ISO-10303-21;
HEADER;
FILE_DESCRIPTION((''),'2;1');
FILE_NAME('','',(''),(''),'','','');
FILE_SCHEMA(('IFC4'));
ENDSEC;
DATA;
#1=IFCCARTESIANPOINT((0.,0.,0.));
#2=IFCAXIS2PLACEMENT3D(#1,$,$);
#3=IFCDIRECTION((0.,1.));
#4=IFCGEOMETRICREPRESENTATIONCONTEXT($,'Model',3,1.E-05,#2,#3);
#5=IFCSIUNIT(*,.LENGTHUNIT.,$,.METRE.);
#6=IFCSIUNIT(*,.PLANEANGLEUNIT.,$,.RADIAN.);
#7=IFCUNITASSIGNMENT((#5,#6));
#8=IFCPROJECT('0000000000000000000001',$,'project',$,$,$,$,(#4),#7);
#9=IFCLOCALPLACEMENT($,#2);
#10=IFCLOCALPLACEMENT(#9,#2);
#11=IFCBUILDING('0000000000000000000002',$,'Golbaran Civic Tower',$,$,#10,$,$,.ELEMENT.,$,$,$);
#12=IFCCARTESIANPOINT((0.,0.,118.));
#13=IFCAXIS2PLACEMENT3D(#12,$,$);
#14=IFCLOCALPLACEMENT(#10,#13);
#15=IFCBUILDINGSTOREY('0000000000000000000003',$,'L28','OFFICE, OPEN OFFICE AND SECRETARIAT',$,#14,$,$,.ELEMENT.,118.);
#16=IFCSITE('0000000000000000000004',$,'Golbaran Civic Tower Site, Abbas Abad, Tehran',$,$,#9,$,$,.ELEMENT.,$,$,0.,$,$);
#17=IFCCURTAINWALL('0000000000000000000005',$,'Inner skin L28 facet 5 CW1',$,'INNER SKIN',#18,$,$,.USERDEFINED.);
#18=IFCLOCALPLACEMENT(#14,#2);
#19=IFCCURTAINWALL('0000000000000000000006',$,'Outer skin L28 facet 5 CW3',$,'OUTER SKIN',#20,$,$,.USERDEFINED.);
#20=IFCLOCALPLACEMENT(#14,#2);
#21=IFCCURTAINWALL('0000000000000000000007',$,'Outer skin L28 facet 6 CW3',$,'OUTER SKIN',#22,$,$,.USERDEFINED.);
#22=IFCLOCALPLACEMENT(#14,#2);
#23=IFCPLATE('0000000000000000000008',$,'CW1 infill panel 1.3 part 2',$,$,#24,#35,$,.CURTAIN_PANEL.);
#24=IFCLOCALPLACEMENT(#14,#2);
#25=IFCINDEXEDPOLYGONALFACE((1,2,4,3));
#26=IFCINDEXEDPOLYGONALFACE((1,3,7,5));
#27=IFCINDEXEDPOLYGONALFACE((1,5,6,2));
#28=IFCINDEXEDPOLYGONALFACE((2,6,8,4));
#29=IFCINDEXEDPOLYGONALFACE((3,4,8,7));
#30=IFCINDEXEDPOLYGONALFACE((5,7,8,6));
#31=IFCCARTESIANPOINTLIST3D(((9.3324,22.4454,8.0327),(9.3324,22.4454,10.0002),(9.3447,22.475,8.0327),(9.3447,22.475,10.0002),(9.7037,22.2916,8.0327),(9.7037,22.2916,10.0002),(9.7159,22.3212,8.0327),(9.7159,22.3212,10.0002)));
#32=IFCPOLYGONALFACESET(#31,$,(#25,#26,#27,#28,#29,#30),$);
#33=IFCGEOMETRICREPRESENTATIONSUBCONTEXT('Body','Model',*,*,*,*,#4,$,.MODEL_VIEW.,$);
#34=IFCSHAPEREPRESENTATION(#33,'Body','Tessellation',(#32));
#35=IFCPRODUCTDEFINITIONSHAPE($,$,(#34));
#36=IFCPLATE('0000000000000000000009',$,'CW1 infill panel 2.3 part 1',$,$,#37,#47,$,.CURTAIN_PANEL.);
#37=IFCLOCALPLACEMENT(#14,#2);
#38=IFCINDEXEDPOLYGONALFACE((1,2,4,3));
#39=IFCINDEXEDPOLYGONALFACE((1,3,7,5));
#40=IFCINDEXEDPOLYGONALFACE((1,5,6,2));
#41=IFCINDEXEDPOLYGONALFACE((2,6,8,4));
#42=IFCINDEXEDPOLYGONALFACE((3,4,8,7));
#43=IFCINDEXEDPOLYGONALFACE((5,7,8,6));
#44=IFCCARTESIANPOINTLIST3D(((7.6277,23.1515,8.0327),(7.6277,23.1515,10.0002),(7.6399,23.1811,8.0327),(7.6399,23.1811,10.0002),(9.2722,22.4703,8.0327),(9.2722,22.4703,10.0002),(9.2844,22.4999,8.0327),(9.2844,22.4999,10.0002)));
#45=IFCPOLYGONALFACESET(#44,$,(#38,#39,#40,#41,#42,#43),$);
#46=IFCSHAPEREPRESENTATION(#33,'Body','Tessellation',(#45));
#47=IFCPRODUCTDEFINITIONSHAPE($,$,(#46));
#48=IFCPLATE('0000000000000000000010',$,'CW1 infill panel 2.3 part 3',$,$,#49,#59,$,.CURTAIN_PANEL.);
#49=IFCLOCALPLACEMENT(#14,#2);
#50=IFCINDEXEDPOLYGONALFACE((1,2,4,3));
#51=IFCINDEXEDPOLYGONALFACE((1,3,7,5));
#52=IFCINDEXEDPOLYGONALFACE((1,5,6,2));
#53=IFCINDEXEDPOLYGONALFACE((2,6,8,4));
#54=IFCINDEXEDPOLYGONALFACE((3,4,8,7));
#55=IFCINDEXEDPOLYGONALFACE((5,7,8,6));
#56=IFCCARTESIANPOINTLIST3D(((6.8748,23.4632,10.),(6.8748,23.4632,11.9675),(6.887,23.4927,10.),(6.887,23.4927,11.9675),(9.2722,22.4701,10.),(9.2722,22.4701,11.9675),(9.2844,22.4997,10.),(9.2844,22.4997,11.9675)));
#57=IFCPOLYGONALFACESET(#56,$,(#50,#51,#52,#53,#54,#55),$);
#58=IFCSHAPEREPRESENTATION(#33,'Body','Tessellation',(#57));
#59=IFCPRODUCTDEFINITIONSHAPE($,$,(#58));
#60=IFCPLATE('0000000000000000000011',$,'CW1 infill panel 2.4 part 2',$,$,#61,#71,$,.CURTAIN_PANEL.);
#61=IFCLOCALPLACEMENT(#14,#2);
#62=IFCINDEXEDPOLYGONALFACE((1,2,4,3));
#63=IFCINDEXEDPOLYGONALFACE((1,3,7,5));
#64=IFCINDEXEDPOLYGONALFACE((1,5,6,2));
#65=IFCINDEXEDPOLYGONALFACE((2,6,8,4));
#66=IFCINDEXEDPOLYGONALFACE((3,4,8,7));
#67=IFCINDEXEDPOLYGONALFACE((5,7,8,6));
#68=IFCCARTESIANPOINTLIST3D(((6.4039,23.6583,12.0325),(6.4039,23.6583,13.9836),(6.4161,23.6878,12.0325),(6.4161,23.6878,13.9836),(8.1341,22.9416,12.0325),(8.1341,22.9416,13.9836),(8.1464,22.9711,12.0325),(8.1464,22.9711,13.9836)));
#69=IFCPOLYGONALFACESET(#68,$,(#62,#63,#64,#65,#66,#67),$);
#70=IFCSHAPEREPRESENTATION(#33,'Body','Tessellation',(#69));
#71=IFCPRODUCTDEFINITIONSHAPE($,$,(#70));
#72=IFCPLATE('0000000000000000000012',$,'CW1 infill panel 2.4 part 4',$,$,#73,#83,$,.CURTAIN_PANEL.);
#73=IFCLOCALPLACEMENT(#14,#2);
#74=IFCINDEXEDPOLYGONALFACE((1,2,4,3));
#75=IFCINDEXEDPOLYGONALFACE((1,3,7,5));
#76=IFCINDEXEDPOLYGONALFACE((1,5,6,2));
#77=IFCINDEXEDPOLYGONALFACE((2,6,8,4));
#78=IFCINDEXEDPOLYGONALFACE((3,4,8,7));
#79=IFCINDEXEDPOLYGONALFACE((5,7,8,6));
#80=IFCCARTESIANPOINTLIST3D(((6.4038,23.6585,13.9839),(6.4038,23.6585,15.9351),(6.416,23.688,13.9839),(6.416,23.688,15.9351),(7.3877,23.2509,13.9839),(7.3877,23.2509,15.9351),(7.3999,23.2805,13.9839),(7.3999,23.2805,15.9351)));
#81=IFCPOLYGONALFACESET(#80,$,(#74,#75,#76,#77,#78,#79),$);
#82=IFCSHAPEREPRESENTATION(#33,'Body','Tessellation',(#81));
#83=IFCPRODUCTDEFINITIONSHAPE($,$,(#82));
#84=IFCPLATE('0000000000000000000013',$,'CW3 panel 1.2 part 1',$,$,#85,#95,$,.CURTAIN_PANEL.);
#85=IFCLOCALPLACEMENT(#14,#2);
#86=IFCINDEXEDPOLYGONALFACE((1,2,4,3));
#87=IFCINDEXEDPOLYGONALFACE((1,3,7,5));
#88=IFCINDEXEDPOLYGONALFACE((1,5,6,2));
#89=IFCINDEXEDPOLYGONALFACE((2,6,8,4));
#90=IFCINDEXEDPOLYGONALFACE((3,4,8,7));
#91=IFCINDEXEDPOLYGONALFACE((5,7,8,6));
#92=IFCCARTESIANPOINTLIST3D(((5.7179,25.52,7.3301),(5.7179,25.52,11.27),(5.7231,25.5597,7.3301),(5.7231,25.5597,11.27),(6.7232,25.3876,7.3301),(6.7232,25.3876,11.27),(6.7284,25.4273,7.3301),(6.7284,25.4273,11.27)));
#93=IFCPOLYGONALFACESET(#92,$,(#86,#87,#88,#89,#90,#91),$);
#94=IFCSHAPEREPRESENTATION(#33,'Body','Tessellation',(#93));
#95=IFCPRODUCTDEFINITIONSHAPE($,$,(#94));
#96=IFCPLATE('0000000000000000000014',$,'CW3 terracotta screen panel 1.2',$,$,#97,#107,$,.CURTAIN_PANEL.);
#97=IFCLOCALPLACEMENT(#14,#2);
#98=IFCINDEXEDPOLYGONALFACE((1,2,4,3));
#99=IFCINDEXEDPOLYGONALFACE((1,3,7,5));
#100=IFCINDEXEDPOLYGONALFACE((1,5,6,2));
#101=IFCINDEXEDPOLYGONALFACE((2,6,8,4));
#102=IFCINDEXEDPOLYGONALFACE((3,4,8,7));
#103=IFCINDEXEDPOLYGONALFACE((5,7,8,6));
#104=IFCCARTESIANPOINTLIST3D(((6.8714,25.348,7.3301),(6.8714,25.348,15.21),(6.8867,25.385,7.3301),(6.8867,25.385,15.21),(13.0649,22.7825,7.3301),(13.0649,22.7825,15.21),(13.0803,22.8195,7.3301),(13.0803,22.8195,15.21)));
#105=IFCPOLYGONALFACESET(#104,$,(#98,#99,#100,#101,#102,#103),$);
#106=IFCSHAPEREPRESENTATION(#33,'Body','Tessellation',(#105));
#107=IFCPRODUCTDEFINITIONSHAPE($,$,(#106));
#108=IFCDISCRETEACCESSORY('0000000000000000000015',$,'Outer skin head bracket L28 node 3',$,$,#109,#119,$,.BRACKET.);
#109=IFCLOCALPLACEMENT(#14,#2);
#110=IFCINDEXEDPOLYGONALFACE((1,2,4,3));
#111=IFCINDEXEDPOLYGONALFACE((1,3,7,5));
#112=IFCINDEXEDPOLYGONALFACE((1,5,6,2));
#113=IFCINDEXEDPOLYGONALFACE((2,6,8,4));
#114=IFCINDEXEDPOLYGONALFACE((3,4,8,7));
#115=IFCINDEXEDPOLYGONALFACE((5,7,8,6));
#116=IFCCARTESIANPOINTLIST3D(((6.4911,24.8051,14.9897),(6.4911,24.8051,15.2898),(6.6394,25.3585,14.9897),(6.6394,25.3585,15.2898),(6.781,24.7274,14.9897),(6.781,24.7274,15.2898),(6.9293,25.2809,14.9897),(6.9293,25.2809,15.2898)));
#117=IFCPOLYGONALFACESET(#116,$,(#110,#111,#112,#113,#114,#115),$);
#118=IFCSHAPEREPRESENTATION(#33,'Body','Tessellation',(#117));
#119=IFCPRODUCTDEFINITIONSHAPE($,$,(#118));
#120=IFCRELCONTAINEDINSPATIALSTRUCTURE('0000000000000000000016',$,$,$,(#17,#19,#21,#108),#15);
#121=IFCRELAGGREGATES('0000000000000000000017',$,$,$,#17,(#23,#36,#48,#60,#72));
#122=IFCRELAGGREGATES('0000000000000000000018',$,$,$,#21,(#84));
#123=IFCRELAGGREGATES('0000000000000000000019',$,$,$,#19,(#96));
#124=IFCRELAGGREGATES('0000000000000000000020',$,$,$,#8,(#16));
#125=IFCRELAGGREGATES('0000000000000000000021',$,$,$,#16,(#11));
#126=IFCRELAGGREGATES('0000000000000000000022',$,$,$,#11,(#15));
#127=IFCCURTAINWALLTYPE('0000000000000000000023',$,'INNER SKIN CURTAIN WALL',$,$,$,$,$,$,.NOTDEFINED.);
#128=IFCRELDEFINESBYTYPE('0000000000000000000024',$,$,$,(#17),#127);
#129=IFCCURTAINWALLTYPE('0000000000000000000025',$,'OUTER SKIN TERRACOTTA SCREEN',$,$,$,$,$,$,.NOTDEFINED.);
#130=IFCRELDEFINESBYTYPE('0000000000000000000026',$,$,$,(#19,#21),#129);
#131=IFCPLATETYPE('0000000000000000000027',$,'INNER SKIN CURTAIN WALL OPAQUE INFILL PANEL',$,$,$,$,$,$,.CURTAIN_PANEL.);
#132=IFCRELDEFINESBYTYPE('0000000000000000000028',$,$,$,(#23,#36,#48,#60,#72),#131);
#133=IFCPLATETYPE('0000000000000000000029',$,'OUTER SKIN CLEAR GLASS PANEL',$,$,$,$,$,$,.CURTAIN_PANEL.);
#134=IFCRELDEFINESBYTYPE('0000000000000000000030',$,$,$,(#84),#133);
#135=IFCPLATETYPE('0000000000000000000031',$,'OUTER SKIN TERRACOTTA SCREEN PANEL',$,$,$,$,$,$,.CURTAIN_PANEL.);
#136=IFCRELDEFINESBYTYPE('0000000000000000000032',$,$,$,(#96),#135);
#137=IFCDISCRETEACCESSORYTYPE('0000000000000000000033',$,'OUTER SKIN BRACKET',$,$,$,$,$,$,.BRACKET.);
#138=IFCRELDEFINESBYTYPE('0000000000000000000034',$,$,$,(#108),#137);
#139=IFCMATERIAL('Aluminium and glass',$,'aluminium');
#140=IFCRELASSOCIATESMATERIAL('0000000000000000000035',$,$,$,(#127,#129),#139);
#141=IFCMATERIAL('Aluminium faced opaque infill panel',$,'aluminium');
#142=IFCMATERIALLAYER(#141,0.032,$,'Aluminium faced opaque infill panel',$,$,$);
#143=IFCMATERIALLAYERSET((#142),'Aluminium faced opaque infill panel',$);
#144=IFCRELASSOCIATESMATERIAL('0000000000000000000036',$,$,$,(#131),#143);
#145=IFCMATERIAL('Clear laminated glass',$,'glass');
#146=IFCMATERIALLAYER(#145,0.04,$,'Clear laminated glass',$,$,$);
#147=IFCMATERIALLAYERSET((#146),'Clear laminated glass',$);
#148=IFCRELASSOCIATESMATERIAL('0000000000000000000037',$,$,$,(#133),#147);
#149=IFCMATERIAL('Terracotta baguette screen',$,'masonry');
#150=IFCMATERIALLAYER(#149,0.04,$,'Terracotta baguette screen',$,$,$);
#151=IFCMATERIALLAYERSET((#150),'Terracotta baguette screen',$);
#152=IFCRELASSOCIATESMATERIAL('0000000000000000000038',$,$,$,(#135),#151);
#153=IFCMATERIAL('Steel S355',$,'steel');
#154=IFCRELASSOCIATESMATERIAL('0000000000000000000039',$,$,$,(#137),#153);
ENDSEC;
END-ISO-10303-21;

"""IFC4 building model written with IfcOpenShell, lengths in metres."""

from ifc_helpers import new_model, si_unit, direction, frame, origin, origin_2d, place, context, subcontext, project, spatial, rectangle, extrude, material, layer, layer_set, type_object, element, aggregate, save


model = new_model("IFC4")

# Units and contexts
model_context = context("Model", 3, precision=1e-05, world=origin(), true_north=direction((0.0, 1.0)))
body_context = subcontext(model_context, "Body", "Model", "MODEL_VIEW")
ifc_project = project(units=[si_unit("LENGTHUNIT", "METRE"), si_unit("PLANEANGLEUNIT", "RADIAN")], contexts=[model_context])

# Site, building, storey
site_placement = place(None, origin())
site = spatial("IfcSite", under=ifc_project, at=site_placement, Name="Golbaran Civic Tower Site, Abbas Abad, Tehran", CompositionType="ELEMENT", RefElevation=0.0)
building_placement = place(site_placement, origin())
building = spatial("IfcBuilding", under=site, at=building_placement, Name="Golbaran Civic Tower", CompositionType="ELEMENT")
storey_placement = place(building_placement, frame((0.0, 0.0, 118.0)))
storey = spatial("IfcBuildingStorey", under=building, at=storey_placement, Name="L28", Description="OFFICE, OPEN OFFICE AND SECRETARIAT", CompositionType="ELEMENT", Elevation=118.0)

# Curtain walls
ifc_material_1 = material(Name="Aluminium and glass", Category="aluminium")
curtain_wall_type_1 = type_object("IfcCurtainWallType", Name="INNER SKIN CURTAIN WALL", PredefinedType="NOTDEFINED", material=ifc_material_1)
curtain_wall_1_placement = place(storey_placement, origin())
curtain_wall_1 = element("IfcCurtainWall", 1, at=curtain_wall_1_placement, inside=storey, type_object=curtain_wall_type_1, Name="Inner skin L28 facet 5 CW1", ObjectType="INNER SKIN", PredefinedType="USERDEFINED")
curtain_wall_type_2 = type_object("IfcCurtainWallType", Name="OUTER SKIN TERRACOTTA SCREEN", PredefinedType="NOTDEFINED", material=ifc_material_1)
curtain_wall_2_placement = place(storey_placement, origin())
curtain_wall_2 = element("IfcCurtainWall", 2, at=curtain_wall_2_placement, inside=storey, type_object=curtain_wall_type_2, Name="Outer skin L28 facet 5 CW3", ObjectType="OUTER SKIN", PredefinedType="USERDEFINED")
curtain_wall_3_placement = place(storey_placement, origin())
curtain_wall_3 = element("IfcCurtainWall", 3, at=curtain_wall_3_placement, inside=storey, type_object=curtain_wall_type_2, Name="Outer skin L28 facet 6 CW3", ObjectType="OUTER SKIN", PredefinedType="USERDEFINED")

# Plates
ifc_material_2 = material(Name="Aluminium faced opaque infill panel", Category="aluminium")
ifc_layer_1 = layer(ifc_material_2, 0.032, Name="Aluminium faced opaque infill panel")
ifc_layer_set_1 = layer_set([ifc_layer_1], Name="Aluminium faced opaque infill panel")
plate_type_1 = type_object("IfcPlateType", Name="INNER SKIN CURTAIN WALL OPAQUE INFILL PANEL", PredefinedType="CURTAIN_PANEL", material=ifc_layer_set_1)
plate_1_placement = place(storey_placement, frame((9.5242, 22.3833, 8.0327), z_axis=(0.0, 0.0, 1.0), x_axis=(-0.92388, 0.382683, 0.0)))
plate_1 = element("IfcPlate", 4, at=plate_1_placement, type_object=plate_type_1, Name="CW1 infill panel 1.3 part 2", PredefinedType="CURTAIN_PANEL", context=body_context, shape_type="SweptSolid", body=[
    extrude(rectangle(XDim=0.4019, YDim=0.032, at=origin_2d()), origin(), (0.0, 0.0, 1.0), 1.9675),
])
plate_2_placement = place(storey_placement, frame((8.4561, 22.8257, 8.0327), z_axis=(0.0, 0.0, 1.0), x_axis=(-0.92388, 0.382683, 0.0)))
plate_2 = element("IfcPlate", 5, at=plate_2_placement, type_object=plate_type_1, Name="CW1 infill panel 2.3 part 1", PredefinedType="CURTAIN_PANEL", context=body_context, shape_type="SweptSolid", body=[
    extrude(rectangle(XDim=1.78, YDim=0.032, at=origin_2d()), origin(), (0.0, 0.0, 1.0), 1.9675),
])
plate_3_placement = place(storey_placement, frame((8.0796, 22.9814, 10.0), z_axis=(0.0, 0.0, 1.0), x_axis=(-0.92388, 0.382683, 0.0)))
plate_3 = element("IfcPlate", 6, at=plate_3_placement, type_object=plate_type_1, Name="CW1 infill panel 2.3 part 3", PredefinedType="CURTAIN_PANEL", context=body_context, shape_type="SweptSolid", body=[
    extrude(rectangle(XDim=2.595, YDim=0.032, at=origin_2d()), origin(), (0.0, 0.0, 1.0), 1.9675),
])
plate_4_placement = place(storey_placement, frame((7.2751, 23.3147, 12.0325), z_axis=(0.0, 0.0, 1.0), x_axis=(-0.92388, 0.382683, 0.0)))
plate_4 = element("IfcPlate", 7, at=plate_4_placement, type_object=plate_type_1, Name="CW1 infill panel 2.4 part 2", PredefinedType="CURTAIN_PANEL", context=body_context, shape_type="SweptSolid", body=[
    extrude(rectangle(XDim=1.8728, YDim=0.032, at=origin_2d()), origin(), (0.0, 0.0, 1.0), 1.9512),
])
plate_5_placement = place(storey_placement, frame((6.9019, 23.4695, 13.9839), z_axis=(0.0, 0.0, 1.0), x_axis=(-0.92388, 0.382683, 0.0)))
plate_5 = element("IfcPlate", 8, at=plate_5_placement, type_object=plate_type_1, Name="CW1 infill panel 2.4 part 4", PredefinedType="CURTAIN_PANEL", context=body_context, shape_type="SweptSolid", body=[
    extrude(rectangle(XDim=1.0649, YDim=0.032, at=origin_2d()), origin(), (0.0, 0.0, 1.0), 1.9512),
])
aggregate(curtain_wall_1, [plate_1, plate_2, plate_3, plate_4, plate_5])
ifc_material_3 = material(Name="Clear laminated glass", Category="glass")
ifc_layer_2 = layer(ifc_material_3, 0.04, Name="Clear laminated glass")
ifc_layer_set_2 = layer_set([ifc_layer_2], Name="Clear laminated glass")
plate_type_2 = type_object("IfcPlateType", Name="OUTER SKIN CLEAR GLASS PANEL", PredefinedType="CURTAIN_PANEL", material=ifc_layer_set_2)
plate_6_placement = place(storey_placement, frame((6.2231, 25.4736, 7.3301), z_axis=(0.0, 0.0, 1.0), x_axis=(-0.991445, 0.130526, 0.0)))
plate_6 = element("IfcPlate", 9, at=plate_6_placement, type_object=plate_type_2, Name="CW3 panel 1.2 part 1", PredefinedType="CURTAIN_PANEL", context=body_context, shape_type="SweptSolid", body=[
    extrude(rectangle(XDim=1.0139, YDim=0.04, at=origin_2d()), origin(), (0.0, 0.0, 1.0), 3.9399),
])
aggregate(curtain_wall_3, [plate_6])
ifc_material_4 = material(Name="Terracotta baguette screen", Category="masonry")
ifc_layer_3 = layer(ifc_material_4, 0.04, Name="Terracotta baguette screen")
ifc_layer_set_3 = layer_set([ifc_layer_3], Name="Terracotta baguette screen")
plate_type_3 = type_object("IfcPlateType", Name="OUTER SKIN TERRACOTTA SCREEN PANEL", PredefinedType="CURTAIN_PANEL", material=ifc_layer_set_3)
plate_7_placement = place(storey_placement, frame((9.9758, 24.0837, 7.3301), z_axis=(0.0, 0.0, 1.0), x_axis=(-0.92388, 0.382683, 0.0)))
plate_7 = element("IfcPlate", 10, at=plate_7_placement, type_object=plate_type_3, Name="CW3 terracotta screen panel 1.2", PredefinedType="CURTAIN_PANEL", context=body_context, shape_type="SweptSolid", body=[
    extrude(rectangle(XDim=6.7039, YDim=0.04, at=origin_2d()), origin(), (0.0, 0.0, 1.0), 7.8799),
])
aggregate(curtain_wall_2, [plate_7])

# Discrete accessory
ifc_material_5 = material(Name="Steel S355", Category="steel")
discrete_accessory_type = type_object("IfcDiscreteAccessoryType", Name="OUTER SKIN BRACKET", PredefinedType="BRACKET", material=ifc_material_5)
discrete_accessory_placement = place(storey_placement, frame((6.7102, 25.043, 14.9897), z_axis=(0.0, 0.0, 1.0), x_axis=(0.258819, 0.965926, 0.0)))
element("IfcDiscreteAccessory", 11, at=discrete_accessory_placement, inside=storey, type_object=discrete_accessory_type, Name="Outer skin head bracket L28 node 3", PredefinedType="BRACKET", context=body_context, shape_type="SweptSolid", body=[
    extrude(rectangle(XDim=0.573, YDim=0.3, at=origin_2d()), origin(), (0.0, 0.0, 1.0), 0.3),
])

save(model, "model.ifc")
